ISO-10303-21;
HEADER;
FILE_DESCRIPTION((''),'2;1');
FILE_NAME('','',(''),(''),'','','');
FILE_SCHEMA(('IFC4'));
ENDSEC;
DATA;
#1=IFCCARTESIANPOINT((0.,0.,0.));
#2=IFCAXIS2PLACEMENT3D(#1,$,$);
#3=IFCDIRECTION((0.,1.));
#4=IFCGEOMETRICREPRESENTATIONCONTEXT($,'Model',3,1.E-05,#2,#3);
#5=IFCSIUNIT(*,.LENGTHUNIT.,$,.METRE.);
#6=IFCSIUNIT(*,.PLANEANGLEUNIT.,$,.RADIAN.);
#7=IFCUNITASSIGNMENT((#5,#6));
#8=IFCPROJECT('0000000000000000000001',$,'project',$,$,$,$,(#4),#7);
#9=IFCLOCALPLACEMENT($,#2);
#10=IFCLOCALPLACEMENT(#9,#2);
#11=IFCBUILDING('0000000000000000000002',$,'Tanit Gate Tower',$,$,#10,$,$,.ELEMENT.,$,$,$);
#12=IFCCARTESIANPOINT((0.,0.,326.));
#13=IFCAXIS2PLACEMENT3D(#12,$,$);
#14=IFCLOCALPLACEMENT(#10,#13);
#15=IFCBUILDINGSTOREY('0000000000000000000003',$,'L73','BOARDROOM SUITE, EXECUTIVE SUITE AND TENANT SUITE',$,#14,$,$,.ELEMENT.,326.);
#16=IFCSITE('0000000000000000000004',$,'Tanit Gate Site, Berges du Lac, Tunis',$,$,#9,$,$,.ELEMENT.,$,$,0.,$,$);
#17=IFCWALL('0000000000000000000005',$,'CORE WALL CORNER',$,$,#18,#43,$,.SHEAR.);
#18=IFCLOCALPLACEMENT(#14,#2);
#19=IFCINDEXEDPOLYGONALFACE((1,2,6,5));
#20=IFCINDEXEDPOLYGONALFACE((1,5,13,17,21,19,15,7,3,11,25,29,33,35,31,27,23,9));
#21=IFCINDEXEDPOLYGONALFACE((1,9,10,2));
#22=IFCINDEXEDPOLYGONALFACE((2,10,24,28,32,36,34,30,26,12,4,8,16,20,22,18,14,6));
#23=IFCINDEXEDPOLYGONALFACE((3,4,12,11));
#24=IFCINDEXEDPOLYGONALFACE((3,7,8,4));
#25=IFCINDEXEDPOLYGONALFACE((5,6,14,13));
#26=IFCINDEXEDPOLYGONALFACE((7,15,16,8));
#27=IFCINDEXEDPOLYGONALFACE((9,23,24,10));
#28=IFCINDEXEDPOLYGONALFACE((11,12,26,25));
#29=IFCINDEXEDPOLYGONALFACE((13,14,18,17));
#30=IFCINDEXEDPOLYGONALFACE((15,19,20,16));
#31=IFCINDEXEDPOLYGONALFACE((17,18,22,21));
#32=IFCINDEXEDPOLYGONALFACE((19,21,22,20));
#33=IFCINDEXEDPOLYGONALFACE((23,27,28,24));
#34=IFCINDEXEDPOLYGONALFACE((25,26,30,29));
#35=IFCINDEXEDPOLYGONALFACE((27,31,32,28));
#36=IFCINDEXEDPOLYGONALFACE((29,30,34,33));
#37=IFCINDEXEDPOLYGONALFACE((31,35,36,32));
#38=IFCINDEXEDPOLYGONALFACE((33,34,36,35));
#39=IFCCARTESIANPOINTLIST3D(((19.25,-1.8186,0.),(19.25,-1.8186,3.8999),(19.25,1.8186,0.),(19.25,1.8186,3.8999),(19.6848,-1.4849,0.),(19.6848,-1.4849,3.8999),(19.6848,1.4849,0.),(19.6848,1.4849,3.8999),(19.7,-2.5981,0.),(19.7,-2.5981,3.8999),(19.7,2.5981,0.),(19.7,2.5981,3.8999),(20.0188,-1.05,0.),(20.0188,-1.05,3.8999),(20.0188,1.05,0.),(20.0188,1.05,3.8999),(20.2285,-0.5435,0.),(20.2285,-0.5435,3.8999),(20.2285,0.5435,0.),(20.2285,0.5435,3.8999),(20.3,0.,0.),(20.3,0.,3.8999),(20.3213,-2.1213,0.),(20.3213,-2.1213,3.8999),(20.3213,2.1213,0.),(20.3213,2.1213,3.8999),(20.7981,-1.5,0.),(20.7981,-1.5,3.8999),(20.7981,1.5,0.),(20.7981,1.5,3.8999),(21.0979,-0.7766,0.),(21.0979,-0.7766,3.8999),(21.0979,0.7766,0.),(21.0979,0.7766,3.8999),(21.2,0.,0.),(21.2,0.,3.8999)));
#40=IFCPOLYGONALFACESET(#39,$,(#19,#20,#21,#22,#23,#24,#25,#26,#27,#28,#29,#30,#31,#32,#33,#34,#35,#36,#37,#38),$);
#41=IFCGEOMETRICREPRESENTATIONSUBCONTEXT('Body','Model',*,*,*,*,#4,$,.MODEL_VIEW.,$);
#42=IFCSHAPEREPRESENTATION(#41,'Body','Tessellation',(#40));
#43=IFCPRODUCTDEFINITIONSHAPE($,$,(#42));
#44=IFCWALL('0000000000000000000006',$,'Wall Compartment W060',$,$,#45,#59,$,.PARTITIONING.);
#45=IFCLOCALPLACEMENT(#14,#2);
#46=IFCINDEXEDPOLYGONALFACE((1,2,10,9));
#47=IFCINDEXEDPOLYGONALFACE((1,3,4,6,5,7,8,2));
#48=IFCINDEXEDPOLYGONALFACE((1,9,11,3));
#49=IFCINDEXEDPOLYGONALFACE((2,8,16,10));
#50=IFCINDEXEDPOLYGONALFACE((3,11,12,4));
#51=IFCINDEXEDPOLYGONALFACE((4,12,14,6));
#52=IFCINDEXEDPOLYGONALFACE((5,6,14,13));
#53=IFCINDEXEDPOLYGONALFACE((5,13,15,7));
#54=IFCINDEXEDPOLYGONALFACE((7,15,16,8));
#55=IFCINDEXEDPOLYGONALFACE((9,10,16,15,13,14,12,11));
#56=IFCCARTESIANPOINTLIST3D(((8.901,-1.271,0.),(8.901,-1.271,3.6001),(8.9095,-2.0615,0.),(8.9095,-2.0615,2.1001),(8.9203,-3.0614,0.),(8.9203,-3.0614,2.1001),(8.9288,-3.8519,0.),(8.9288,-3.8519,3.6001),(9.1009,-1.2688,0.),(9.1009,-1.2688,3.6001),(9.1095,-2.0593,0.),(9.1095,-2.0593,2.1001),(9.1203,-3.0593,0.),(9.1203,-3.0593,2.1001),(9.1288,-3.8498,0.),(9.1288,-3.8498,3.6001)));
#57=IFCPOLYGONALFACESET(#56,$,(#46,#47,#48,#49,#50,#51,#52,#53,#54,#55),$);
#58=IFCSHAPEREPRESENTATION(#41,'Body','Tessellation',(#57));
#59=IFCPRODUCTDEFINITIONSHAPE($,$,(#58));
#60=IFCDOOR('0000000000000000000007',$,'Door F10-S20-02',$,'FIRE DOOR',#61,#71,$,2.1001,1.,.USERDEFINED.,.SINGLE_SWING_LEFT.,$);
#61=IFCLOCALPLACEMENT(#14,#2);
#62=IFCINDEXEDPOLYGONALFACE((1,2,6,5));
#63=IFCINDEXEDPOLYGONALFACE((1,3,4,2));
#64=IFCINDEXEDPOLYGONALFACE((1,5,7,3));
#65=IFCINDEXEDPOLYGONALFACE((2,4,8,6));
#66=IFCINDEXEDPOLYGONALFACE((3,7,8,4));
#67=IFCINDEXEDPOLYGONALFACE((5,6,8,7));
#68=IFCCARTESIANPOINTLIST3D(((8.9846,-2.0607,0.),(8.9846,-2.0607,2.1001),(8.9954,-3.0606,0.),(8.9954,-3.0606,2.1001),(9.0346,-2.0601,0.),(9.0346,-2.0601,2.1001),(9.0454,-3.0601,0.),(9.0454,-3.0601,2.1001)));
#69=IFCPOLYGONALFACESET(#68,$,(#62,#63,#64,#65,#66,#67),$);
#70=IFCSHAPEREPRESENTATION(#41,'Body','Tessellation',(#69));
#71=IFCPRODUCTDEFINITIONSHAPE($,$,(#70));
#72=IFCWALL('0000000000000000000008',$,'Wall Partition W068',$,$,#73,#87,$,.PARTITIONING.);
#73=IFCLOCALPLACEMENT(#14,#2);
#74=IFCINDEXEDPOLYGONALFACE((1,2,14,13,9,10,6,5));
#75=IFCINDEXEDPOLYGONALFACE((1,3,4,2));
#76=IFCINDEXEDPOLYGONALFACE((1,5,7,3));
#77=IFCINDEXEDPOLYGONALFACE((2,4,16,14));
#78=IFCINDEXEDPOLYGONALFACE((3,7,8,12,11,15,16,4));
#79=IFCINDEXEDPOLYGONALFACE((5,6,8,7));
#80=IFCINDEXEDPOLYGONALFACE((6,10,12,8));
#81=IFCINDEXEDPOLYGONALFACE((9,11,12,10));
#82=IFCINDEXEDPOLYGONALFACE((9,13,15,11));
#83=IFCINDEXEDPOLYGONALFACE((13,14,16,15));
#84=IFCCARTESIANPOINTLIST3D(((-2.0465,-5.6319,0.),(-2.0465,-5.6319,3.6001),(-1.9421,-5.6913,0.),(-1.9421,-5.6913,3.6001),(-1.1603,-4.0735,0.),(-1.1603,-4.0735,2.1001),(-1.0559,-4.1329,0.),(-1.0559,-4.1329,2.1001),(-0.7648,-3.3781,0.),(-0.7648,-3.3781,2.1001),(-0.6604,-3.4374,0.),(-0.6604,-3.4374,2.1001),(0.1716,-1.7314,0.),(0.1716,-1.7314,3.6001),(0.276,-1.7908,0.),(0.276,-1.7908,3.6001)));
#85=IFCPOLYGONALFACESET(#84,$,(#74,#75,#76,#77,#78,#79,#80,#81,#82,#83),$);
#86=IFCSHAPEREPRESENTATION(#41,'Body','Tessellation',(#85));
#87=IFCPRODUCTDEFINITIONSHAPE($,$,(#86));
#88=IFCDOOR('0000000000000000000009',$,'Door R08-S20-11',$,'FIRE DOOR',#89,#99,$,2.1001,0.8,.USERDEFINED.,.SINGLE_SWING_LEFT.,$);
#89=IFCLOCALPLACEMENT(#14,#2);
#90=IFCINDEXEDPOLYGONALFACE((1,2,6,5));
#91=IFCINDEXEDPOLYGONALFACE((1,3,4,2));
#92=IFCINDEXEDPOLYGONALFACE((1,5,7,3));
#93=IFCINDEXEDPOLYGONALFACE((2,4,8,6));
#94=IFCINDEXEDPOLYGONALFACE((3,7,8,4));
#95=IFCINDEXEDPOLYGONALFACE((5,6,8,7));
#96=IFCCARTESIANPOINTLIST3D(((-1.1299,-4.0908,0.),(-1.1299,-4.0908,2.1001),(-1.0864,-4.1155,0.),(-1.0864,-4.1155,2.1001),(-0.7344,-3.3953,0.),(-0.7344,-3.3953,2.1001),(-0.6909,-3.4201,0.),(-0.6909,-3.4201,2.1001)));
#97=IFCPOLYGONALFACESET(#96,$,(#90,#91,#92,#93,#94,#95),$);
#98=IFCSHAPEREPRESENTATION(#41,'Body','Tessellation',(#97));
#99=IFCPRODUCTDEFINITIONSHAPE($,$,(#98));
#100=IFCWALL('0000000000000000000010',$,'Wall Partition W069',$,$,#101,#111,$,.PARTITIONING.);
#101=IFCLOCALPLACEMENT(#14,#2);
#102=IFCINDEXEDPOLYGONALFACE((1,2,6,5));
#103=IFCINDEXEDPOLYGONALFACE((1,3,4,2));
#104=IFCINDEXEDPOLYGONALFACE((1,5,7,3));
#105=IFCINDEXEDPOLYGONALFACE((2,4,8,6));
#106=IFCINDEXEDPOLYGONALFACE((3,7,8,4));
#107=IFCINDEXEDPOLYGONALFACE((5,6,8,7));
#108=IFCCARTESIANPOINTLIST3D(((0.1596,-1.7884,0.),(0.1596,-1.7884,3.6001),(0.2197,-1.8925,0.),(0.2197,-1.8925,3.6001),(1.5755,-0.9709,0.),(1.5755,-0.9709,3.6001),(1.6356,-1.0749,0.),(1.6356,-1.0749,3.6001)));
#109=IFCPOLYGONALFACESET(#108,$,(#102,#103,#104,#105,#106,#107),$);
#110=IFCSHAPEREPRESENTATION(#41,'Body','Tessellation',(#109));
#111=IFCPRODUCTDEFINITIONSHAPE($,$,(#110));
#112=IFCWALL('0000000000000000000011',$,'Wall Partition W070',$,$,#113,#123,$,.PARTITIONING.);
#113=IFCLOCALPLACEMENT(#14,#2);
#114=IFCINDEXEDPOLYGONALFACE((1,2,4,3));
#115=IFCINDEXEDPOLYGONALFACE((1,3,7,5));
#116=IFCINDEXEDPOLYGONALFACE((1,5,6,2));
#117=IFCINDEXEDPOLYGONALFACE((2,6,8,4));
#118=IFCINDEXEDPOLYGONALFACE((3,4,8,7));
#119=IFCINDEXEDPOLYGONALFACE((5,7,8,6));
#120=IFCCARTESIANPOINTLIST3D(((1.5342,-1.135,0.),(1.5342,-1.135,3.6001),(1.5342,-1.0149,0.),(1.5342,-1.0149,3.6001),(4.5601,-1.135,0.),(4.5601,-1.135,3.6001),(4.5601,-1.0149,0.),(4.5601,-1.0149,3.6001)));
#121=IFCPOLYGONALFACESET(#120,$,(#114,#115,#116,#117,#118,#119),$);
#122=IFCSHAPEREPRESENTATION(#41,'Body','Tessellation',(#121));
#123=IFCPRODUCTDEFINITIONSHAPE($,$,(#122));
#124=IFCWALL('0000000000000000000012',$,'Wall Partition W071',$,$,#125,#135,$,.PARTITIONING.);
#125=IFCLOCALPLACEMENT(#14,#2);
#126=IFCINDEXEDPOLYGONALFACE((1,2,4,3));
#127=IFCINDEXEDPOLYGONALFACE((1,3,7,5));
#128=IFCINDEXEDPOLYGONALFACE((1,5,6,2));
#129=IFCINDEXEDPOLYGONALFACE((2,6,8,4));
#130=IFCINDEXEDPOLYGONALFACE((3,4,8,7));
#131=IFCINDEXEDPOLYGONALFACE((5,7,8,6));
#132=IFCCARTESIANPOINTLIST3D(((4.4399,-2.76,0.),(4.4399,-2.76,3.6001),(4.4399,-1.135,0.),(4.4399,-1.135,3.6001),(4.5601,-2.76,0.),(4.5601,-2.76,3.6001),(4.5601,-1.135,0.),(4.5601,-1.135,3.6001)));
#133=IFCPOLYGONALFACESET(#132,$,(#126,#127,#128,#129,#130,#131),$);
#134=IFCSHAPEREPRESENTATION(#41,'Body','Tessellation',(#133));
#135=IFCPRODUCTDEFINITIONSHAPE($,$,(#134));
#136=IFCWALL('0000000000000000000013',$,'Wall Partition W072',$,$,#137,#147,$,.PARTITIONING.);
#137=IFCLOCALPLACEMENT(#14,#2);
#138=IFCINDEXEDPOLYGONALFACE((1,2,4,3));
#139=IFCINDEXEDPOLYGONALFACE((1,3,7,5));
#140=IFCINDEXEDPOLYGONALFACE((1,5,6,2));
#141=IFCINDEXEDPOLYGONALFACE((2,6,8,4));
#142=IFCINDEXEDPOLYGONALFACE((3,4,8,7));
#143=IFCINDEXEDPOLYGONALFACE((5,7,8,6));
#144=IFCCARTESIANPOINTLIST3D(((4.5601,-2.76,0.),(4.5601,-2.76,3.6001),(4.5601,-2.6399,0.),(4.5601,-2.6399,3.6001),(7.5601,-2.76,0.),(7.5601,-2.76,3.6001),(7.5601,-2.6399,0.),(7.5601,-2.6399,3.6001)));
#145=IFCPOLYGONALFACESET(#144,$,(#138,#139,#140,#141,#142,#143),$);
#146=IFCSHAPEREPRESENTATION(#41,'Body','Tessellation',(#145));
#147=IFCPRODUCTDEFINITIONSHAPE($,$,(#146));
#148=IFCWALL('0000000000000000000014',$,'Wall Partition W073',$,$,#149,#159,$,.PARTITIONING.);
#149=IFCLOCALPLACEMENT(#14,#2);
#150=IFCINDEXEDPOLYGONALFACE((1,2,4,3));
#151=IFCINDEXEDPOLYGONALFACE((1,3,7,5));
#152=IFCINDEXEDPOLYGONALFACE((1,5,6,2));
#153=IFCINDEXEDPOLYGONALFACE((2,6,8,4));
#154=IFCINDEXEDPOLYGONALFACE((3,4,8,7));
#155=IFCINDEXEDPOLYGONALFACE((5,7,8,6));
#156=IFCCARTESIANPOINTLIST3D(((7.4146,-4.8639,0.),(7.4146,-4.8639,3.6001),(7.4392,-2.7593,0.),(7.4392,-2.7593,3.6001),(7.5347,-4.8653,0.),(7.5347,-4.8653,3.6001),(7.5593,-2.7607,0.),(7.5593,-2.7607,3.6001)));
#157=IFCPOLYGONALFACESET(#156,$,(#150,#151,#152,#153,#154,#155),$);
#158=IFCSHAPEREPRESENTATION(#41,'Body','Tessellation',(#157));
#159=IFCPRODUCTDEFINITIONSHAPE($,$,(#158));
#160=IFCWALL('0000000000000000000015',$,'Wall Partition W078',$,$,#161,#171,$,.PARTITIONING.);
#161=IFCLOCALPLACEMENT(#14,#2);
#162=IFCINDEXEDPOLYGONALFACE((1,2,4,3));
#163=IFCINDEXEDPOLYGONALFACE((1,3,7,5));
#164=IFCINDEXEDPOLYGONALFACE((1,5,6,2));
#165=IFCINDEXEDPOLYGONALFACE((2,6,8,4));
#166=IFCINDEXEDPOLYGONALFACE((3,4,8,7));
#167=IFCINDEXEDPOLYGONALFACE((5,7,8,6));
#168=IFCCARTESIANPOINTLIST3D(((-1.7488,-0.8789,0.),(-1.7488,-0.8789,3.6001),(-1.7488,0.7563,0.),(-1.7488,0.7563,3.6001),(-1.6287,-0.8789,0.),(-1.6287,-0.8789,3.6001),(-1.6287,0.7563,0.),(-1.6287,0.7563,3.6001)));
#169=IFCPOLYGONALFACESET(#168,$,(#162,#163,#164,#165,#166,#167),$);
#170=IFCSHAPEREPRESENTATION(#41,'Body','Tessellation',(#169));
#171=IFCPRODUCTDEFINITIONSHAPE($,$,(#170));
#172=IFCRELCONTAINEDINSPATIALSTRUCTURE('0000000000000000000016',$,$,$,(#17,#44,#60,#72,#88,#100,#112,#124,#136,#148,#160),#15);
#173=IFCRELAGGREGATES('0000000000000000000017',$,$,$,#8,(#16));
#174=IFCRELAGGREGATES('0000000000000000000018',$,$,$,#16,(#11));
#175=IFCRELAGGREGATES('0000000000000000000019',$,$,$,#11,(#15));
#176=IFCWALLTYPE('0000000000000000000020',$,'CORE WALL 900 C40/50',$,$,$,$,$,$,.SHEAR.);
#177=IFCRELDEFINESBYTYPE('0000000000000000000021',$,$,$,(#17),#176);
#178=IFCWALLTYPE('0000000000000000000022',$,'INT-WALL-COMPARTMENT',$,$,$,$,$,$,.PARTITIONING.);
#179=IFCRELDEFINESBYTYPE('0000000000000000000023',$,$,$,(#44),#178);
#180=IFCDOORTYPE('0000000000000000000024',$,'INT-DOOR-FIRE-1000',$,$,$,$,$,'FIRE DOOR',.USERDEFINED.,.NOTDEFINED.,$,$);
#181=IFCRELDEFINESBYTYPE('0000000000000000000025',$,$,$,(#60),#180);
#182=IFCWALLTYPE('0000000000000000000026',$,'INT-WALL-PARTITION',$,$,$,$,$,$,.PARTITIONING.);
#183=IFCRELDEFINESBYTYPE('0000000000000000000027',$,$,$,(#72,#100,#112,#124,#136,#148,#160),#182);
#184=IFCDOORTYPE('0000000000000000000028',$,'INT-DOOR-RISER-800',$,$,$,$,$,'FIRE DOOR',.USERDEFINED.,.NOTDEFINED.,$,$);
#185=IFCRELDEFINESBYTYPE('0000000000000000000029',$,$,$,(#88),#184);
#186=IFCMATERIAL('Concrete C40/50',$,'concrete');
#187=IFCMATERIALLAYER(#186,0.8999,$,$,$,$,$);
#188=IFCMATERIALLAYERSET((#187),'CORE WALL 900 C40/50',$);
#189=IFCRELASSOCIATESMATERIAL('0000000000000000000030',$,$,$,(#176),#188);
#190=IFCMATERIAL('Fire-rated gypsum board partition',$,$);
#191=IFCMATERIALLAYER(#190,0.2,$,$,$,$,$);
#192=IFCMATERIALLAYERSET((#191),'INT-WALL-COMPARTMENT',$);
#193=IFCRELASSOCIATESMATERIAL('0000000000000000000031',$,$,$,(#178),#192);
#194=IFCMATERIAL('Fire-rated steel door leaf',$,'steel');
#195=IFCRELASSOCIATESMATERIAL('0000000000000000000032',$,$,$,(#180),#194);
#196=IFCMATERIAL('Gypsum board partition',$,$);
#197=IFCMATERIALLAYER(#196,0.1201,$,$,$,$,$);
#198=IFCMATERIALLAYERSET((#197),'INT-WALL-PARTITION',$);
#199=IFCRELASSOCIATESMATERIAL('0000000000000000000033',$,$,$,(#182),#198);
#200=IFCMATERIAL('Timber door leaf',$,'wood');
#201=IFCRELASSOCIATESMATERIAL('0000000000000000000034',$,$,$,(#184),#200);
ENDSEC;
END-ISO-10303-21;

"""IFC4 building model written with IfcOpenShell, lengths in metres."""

from ifc_helpers import new_model, si_unit, direction, frame, frame_2d, origin, place, context, subcontext, project, spatial, polyline, rectangle, outline, extrude, material, layer, layer_set, type_object, element, fill, save


model = new_model("IFC4")

# Units and contexts
model_context = context("Model", 3, precision=1e-05, world=origin(), true_north=direction((0.0, 1.0)))
body_context = subcontext(model_context, "Body", "Model", "MODEL_VIEW")
ifc_project = project(units=[si_unit("LENGTHUNIT", "METRE"), si_unit("PLANEANGLEUNIT", "RADIAN")], contexts=[model_context])

# Site, building, storey
site_placement = place(None, origin())
site = spatial("IfcSite", under=ifc_project, at=site_placement, Name="Tanit Gate Site, Berges du Lac, Tunis", CompositionType="ELEMENT", RefElevation=0.0)
building_placement = place(site_placement, origin())
building = spatial("IfcBuilding", under=site, at=building_placement, Name="Tanit Gate Tower", CompositionType="ELEMENT")
storey_placement = place(building_placement, frame((0.0, 0.0, 326.0)))
storey = spatial("IfcBuildingStorey", under=building, at=storey_placement, Name="L73", Description="BOARDROOM SUITE, EXECUTIVE SUITE AND TENANT SUITE", CompositionType="ELEMENT", Elevation=326.0)

# Wall
ifc_material_1 = material(Name="Concrete C40/50", Category="concrete")
ifc_layer_1 = layer(ifc_material_1, 0.8999)
ifc_layer_set_1 = layer_set([ifc_layer_1], Name="CORE WALL 900 C40/50")
wall_type_1 = type_object("IfcWallType", Name="CORE WALL 900 C40/50", PredefinedType="SHEAR", material=ifc_layer_set_1)
wall_1_placement = place(storey_placement, origin())
element("IfcWall", 1, at=wall_1_placement, inside=storey, type_object=wall_type_1, Name="CORE WALL CORNER", PredefinedType="SHEAR", context=body_context, shape_type="SweptSolid", body=[
    extrude(outline(polyline([(19.7, -2.5981), (20.3213, -2.1213), (20.7981, -1.5), (21.0979, -0.7766), (21.2, 0.0), (21.0979, 0.7766), (20.7981, 1.5), (20.3213, 2.1213), (19.7, 2.5981), (19.25, 1.8186), (19.6848, 1.4849), (20.0188, 1.05), (20.2285, 0.5435), (20.3, 0.0), (20.2285, -0.5435), (20.0188, -1.05), (19.6848, -1.4849), (19.25, -1.8186), (19.7, -2.5981)])), origin(), (0.0, 0.0, 1.0), 3.8999),
])

# Walls, openings, doors
ifc_material_2 = material(Name="Fire-rated gypsum board partition")
ifc_layer_2 = layer(ifc_material_2, 0.2)
ifc_layer_set_2 = layer_set([ifc_layer_2], Name="INT-WALL-COMPARTMENT")
wall_type_2 = type_object("IfcWallType", Name="INT-WALL-COMPARTMENT", PredefinedType="PARTITIONING", material=ifc_layer_set_2)
wall_2_placement = place(storey_placement, frame((9.0288, -3.8508, 0.0), z_axis=(0.0, 0.0, 1.0), x_axis=(-0.010784, 0.999942, 0.0)))
wall_2 = element("IfcWall", 2, at=wall_2_placement, inside=storey, type_object=wall_type_2, Name="Wall Compartment W060", PredefinedType="PARTITIONING", context=body_context, shape_type="SweptSolid", body=[
    extrude(rectangle(XDim=2.5811, YDim=0.2, at=frame_2d((1.2905, 0.0))), origin(), (0.0, 0.0, 1.0), 3.6001),
])
opening_1_placement = place(wall_2_placement, frame((0.7905, 0.0, 0.0)))
opening_1 = element("IfcOpeningElement", 3, at=opening_1_placement, cuts=wall_2, PredefinedType="OPENING", context=body_context, shape_type="SweptSolid", body=[
    extrude(rectangle(XDim=1.0, YDim=2.1001, at=frame_2d((0.5, 1.05))), frame((0.0, 0.1099, 0.0), z_axis=(0.0, -1.0, 0.0), x_axis=(1.0, 0.0, 0.0)), (0.0, 0.0, 1.0), 0.22),
])
ifc_material_3 = material(Name="Fire-rated steel door leaf", Category="steel")
door_type_1 = type_object("IfcDoorType", Name="INT-DOOR-FIRE-1000", ElementType="FIRE DOOR", OperationType="NOTDEFINED", PredefinedType="USERDEFINED", material=ifc_material_3)
door_1_placement = place(opening_1_placement, origin())
door_1 = element("IfcDoor", 4, at=door_1_placement, inside=storey, type_object=door_type_1, Name="Door F10-S20-02", ObjectType="FIRE DOOR", OperationType="SINGLE_SWING_LEFT", OverallHeight=2.1001, OverallWidth=1.0, PredefinedType="USERDEFINED", context=body_context, shape_type="SweptSolid", body=[
    extrude(rectangle(XDim=1.0, YDim=2.1001, at=frame_2d((0.5, 1.05))), frame((0.0, 0.0249, 0.0), z_axis=(0.0, -1.0, 0.0), x_axis=(1.0, 0.0, 0.0)), (0.0, 0.0, 1.0), 0.05),
])
fill(opening_1, door_1)
ifc_material_4 = material(Name="Gypsum board partition")
ifc_layer_3 = layer(ifc_material_4, 0.1201)
ifc_layer_set_3 = layer_set([ifc_layer_3], Name="INT-WALL-PARTITION")
wall_type_3 = type_object("IfcWallType", Name="INT-WALL-PARTITION", PredefinedType="PARTITIONING", material=ifc_layer_set_3)
wall_3_placement = place(storey_placement, frame((0.2239, -1.761, 0.0), z_axis=(0.0, 0.0, 1.0), x_axis=(-0.494327, -0.869276, 0.0)))
wall_3 = element("IfcWall", 5, at=wall_3_placement, inside=storey, type_object=wall_type_3, Name="Wall Partition W068", PredefinedType="PARTITIONING", context=body_context, shape_type="SweptSolid", body=[
    extrude(rectangle(XDim=4.4871, YDim=0.1201, at=frame_2d((2.2437, 0.0))), origin(), (0.0, 0.0, 1.0), 3.6001),
])
opening_2_placement = place(wall_3_placement, frame((1.8945, 0.0, 0.0)))
opening_2 = element("IfcOpeningElement", 6, at=opening_2_placement, cuts=wall_3, PredefinedType="OPENING", context=body_context, shape_type="SweptSolid", body=[
    extrude(rectangle(XDim=0.8, YDim=2.1001, at=frame_2d((0.3999, 1.05))), frame((0.0, 0.0701, 0.0), z_axis=(0.0, -1.0, 0.0), x_axis=(1.0, 0.0, 0.0)), (0.0, 0.0, 1.0), 0.1401),
])
ifc_material_5 = material(Name="Timber door leaf", Category="wood")
door_type_2 = type_object("IfcDoorType", Name="INT-DOOR-RISER-800", ElementType="FIRE DOOR", OperationType="NOTDEFINED", PredefinedType="USERDEFINED", material=ifc_material_5)
door_2_placement = place(opening_2_placement, origin())
door_2 = element("IfcDoor", 7, at=door_2_placement, inside=storey, type_object=door_type_2, Name="Door R08-S20-11", ObjectType="FIRE DOOR", OperationType="SINGLE_SWING_LEFT", OverallHeight=2.1001, OverallWidth=0.8, PredefinedType="USERDEFINED", context=body_context, shape_type="SweptSolid", body=[
    extrude(rectangle(XDim=0.8, YDim=2.1001, at=frame_2d((0.3999, 1.05))), frame((0.0, 0.0249, 0.0), z_axis=(0.0, -1.0, 0.0), x_axis=(1.0, 0.0, 0.0)), (0.0, 0.0, 1.0), 0.05),
])
fill(opening_2, door_2)

# Walls
wall_4_placement = place(storey_placement, frame((1.6055, -1.0229, 0.0), z_axis=(0.0, 0.0, 1.0), x_axis=(-0.866002, -0.500041, 0.0)))
element("IfcWall", 8, at=wall_4_placement, inside=storey, type_object=wall_type_3, Name="Wall Partition W069", PredefinedType="PARTITIONING", context=body_context, shape_type="SweptSolid", body=[
    extrude(rectangle(XDim=1.635, YDim=0.1201, at=frame_2d((0.8174, 0.0))), origin(), (0.0, 0.0, 1.0), 3.6001),
])
wall_5_placement = place(storey_placement, frame((4.5601, -1.075, 0.0), z_axis=(0.0, 0.0, 1.0), x_axis=(-1.0, 0.0, 0.0)))
element("IfcWall", 9, at=wall_5_placement, inside=storey, type_object=wall_type_3, Name="Wall Partition W070", PredefinedType="PARTITIONING", context=body_context, shape_type="SweptSolid", body=[
    extrude(rectangle(XDim=3.0259, YDim=0.1201, at=frame_2d((1.5129, 0.0))), origin(), (0.0, 0.0, 1.0), 3.6001),
])
wall_6_placement = place(storey_placement, frame((4.5, -2.76, 0.0), z_axis=(0.0, 0.0, 1.0), x_axis=(0.0, 1.0, 0.0)))
element("IfcWall", 10, at=wall_6_placement, inside=storey, type_object=wall_type_3, Name="Wall Partition W071", PredefinedType="PARTITIONING", context=body_context, shape_type="SweptSolid", body=[
    extrude(rectangle(XDim=1.625, YDim=0.1201, at=frame_2d((0.8125, 0.0))), origin(), (0.0, 0.0, 1.0), 3.6001),
])
wall_7_placement = place(storey_placement, frame((7.5601, -2.7, 0.0), z_axis=(0.0, 0.0, 1.0), x_axis=(-1.0, 0.0, 0.0)))
element("IfcWall", 11, at=wall_7_placement, inside=storey, type_object=wall_type_3, Name="Wall Partition W072", PredefinedType="PARTITIONING", context=body_context, shape_type="SweptSolid", body=[
    extrude(rectangle(XDim=3.0, YDim=0.1201, at=frame_2d((1.5, 0.0))), origin(), (0.0, 0.0, 1.0), 3.6001),
])
wall_8_placement = place(storey_placement, frame((7.4746, -4.8645, 0.0), z_axis=(0.0, 0.0, 1.0), x_axis=(0.011716, 0.999931, 0.0)))
element("IfcWall", 12, at=wall_8_placement, inside=storey, type_object=wall_type_3, Name="Wall Partition W073", PredefinedType="PARTITIONING", context=body_context, shape_type="SweptSolid", body=[
    extrude(rectangle(XDim=2.1047, YDim=0.1201, at=frame_2d((1.0522, 0.0))), origin(), (0.0, 0.0, 1.0), 3.6001),
])
wall_9_placement = place(storey_placement, frame((-1.6887, -0.8789, 0.0), z_axis=(0.0, 0.0, 1.0), x_axis=(0.0, 1.0, 0.0)))
element("IfcWall", 13, at=wall_9_placement, inside=storey, type_object=wall_type_3, Name="Wall Partition W078", PredefinedType="PARTITIONING", context=body_context, shape_type="SweptSolid", body=[
    extrude(rectangle(XDim=1.6353, YDim=0.1201, at=frame_2d((0.8176, 0.0))), origin(), (0.0, 0.0, 1.0), 3.6001),
])

save(model, "model.ifc")
